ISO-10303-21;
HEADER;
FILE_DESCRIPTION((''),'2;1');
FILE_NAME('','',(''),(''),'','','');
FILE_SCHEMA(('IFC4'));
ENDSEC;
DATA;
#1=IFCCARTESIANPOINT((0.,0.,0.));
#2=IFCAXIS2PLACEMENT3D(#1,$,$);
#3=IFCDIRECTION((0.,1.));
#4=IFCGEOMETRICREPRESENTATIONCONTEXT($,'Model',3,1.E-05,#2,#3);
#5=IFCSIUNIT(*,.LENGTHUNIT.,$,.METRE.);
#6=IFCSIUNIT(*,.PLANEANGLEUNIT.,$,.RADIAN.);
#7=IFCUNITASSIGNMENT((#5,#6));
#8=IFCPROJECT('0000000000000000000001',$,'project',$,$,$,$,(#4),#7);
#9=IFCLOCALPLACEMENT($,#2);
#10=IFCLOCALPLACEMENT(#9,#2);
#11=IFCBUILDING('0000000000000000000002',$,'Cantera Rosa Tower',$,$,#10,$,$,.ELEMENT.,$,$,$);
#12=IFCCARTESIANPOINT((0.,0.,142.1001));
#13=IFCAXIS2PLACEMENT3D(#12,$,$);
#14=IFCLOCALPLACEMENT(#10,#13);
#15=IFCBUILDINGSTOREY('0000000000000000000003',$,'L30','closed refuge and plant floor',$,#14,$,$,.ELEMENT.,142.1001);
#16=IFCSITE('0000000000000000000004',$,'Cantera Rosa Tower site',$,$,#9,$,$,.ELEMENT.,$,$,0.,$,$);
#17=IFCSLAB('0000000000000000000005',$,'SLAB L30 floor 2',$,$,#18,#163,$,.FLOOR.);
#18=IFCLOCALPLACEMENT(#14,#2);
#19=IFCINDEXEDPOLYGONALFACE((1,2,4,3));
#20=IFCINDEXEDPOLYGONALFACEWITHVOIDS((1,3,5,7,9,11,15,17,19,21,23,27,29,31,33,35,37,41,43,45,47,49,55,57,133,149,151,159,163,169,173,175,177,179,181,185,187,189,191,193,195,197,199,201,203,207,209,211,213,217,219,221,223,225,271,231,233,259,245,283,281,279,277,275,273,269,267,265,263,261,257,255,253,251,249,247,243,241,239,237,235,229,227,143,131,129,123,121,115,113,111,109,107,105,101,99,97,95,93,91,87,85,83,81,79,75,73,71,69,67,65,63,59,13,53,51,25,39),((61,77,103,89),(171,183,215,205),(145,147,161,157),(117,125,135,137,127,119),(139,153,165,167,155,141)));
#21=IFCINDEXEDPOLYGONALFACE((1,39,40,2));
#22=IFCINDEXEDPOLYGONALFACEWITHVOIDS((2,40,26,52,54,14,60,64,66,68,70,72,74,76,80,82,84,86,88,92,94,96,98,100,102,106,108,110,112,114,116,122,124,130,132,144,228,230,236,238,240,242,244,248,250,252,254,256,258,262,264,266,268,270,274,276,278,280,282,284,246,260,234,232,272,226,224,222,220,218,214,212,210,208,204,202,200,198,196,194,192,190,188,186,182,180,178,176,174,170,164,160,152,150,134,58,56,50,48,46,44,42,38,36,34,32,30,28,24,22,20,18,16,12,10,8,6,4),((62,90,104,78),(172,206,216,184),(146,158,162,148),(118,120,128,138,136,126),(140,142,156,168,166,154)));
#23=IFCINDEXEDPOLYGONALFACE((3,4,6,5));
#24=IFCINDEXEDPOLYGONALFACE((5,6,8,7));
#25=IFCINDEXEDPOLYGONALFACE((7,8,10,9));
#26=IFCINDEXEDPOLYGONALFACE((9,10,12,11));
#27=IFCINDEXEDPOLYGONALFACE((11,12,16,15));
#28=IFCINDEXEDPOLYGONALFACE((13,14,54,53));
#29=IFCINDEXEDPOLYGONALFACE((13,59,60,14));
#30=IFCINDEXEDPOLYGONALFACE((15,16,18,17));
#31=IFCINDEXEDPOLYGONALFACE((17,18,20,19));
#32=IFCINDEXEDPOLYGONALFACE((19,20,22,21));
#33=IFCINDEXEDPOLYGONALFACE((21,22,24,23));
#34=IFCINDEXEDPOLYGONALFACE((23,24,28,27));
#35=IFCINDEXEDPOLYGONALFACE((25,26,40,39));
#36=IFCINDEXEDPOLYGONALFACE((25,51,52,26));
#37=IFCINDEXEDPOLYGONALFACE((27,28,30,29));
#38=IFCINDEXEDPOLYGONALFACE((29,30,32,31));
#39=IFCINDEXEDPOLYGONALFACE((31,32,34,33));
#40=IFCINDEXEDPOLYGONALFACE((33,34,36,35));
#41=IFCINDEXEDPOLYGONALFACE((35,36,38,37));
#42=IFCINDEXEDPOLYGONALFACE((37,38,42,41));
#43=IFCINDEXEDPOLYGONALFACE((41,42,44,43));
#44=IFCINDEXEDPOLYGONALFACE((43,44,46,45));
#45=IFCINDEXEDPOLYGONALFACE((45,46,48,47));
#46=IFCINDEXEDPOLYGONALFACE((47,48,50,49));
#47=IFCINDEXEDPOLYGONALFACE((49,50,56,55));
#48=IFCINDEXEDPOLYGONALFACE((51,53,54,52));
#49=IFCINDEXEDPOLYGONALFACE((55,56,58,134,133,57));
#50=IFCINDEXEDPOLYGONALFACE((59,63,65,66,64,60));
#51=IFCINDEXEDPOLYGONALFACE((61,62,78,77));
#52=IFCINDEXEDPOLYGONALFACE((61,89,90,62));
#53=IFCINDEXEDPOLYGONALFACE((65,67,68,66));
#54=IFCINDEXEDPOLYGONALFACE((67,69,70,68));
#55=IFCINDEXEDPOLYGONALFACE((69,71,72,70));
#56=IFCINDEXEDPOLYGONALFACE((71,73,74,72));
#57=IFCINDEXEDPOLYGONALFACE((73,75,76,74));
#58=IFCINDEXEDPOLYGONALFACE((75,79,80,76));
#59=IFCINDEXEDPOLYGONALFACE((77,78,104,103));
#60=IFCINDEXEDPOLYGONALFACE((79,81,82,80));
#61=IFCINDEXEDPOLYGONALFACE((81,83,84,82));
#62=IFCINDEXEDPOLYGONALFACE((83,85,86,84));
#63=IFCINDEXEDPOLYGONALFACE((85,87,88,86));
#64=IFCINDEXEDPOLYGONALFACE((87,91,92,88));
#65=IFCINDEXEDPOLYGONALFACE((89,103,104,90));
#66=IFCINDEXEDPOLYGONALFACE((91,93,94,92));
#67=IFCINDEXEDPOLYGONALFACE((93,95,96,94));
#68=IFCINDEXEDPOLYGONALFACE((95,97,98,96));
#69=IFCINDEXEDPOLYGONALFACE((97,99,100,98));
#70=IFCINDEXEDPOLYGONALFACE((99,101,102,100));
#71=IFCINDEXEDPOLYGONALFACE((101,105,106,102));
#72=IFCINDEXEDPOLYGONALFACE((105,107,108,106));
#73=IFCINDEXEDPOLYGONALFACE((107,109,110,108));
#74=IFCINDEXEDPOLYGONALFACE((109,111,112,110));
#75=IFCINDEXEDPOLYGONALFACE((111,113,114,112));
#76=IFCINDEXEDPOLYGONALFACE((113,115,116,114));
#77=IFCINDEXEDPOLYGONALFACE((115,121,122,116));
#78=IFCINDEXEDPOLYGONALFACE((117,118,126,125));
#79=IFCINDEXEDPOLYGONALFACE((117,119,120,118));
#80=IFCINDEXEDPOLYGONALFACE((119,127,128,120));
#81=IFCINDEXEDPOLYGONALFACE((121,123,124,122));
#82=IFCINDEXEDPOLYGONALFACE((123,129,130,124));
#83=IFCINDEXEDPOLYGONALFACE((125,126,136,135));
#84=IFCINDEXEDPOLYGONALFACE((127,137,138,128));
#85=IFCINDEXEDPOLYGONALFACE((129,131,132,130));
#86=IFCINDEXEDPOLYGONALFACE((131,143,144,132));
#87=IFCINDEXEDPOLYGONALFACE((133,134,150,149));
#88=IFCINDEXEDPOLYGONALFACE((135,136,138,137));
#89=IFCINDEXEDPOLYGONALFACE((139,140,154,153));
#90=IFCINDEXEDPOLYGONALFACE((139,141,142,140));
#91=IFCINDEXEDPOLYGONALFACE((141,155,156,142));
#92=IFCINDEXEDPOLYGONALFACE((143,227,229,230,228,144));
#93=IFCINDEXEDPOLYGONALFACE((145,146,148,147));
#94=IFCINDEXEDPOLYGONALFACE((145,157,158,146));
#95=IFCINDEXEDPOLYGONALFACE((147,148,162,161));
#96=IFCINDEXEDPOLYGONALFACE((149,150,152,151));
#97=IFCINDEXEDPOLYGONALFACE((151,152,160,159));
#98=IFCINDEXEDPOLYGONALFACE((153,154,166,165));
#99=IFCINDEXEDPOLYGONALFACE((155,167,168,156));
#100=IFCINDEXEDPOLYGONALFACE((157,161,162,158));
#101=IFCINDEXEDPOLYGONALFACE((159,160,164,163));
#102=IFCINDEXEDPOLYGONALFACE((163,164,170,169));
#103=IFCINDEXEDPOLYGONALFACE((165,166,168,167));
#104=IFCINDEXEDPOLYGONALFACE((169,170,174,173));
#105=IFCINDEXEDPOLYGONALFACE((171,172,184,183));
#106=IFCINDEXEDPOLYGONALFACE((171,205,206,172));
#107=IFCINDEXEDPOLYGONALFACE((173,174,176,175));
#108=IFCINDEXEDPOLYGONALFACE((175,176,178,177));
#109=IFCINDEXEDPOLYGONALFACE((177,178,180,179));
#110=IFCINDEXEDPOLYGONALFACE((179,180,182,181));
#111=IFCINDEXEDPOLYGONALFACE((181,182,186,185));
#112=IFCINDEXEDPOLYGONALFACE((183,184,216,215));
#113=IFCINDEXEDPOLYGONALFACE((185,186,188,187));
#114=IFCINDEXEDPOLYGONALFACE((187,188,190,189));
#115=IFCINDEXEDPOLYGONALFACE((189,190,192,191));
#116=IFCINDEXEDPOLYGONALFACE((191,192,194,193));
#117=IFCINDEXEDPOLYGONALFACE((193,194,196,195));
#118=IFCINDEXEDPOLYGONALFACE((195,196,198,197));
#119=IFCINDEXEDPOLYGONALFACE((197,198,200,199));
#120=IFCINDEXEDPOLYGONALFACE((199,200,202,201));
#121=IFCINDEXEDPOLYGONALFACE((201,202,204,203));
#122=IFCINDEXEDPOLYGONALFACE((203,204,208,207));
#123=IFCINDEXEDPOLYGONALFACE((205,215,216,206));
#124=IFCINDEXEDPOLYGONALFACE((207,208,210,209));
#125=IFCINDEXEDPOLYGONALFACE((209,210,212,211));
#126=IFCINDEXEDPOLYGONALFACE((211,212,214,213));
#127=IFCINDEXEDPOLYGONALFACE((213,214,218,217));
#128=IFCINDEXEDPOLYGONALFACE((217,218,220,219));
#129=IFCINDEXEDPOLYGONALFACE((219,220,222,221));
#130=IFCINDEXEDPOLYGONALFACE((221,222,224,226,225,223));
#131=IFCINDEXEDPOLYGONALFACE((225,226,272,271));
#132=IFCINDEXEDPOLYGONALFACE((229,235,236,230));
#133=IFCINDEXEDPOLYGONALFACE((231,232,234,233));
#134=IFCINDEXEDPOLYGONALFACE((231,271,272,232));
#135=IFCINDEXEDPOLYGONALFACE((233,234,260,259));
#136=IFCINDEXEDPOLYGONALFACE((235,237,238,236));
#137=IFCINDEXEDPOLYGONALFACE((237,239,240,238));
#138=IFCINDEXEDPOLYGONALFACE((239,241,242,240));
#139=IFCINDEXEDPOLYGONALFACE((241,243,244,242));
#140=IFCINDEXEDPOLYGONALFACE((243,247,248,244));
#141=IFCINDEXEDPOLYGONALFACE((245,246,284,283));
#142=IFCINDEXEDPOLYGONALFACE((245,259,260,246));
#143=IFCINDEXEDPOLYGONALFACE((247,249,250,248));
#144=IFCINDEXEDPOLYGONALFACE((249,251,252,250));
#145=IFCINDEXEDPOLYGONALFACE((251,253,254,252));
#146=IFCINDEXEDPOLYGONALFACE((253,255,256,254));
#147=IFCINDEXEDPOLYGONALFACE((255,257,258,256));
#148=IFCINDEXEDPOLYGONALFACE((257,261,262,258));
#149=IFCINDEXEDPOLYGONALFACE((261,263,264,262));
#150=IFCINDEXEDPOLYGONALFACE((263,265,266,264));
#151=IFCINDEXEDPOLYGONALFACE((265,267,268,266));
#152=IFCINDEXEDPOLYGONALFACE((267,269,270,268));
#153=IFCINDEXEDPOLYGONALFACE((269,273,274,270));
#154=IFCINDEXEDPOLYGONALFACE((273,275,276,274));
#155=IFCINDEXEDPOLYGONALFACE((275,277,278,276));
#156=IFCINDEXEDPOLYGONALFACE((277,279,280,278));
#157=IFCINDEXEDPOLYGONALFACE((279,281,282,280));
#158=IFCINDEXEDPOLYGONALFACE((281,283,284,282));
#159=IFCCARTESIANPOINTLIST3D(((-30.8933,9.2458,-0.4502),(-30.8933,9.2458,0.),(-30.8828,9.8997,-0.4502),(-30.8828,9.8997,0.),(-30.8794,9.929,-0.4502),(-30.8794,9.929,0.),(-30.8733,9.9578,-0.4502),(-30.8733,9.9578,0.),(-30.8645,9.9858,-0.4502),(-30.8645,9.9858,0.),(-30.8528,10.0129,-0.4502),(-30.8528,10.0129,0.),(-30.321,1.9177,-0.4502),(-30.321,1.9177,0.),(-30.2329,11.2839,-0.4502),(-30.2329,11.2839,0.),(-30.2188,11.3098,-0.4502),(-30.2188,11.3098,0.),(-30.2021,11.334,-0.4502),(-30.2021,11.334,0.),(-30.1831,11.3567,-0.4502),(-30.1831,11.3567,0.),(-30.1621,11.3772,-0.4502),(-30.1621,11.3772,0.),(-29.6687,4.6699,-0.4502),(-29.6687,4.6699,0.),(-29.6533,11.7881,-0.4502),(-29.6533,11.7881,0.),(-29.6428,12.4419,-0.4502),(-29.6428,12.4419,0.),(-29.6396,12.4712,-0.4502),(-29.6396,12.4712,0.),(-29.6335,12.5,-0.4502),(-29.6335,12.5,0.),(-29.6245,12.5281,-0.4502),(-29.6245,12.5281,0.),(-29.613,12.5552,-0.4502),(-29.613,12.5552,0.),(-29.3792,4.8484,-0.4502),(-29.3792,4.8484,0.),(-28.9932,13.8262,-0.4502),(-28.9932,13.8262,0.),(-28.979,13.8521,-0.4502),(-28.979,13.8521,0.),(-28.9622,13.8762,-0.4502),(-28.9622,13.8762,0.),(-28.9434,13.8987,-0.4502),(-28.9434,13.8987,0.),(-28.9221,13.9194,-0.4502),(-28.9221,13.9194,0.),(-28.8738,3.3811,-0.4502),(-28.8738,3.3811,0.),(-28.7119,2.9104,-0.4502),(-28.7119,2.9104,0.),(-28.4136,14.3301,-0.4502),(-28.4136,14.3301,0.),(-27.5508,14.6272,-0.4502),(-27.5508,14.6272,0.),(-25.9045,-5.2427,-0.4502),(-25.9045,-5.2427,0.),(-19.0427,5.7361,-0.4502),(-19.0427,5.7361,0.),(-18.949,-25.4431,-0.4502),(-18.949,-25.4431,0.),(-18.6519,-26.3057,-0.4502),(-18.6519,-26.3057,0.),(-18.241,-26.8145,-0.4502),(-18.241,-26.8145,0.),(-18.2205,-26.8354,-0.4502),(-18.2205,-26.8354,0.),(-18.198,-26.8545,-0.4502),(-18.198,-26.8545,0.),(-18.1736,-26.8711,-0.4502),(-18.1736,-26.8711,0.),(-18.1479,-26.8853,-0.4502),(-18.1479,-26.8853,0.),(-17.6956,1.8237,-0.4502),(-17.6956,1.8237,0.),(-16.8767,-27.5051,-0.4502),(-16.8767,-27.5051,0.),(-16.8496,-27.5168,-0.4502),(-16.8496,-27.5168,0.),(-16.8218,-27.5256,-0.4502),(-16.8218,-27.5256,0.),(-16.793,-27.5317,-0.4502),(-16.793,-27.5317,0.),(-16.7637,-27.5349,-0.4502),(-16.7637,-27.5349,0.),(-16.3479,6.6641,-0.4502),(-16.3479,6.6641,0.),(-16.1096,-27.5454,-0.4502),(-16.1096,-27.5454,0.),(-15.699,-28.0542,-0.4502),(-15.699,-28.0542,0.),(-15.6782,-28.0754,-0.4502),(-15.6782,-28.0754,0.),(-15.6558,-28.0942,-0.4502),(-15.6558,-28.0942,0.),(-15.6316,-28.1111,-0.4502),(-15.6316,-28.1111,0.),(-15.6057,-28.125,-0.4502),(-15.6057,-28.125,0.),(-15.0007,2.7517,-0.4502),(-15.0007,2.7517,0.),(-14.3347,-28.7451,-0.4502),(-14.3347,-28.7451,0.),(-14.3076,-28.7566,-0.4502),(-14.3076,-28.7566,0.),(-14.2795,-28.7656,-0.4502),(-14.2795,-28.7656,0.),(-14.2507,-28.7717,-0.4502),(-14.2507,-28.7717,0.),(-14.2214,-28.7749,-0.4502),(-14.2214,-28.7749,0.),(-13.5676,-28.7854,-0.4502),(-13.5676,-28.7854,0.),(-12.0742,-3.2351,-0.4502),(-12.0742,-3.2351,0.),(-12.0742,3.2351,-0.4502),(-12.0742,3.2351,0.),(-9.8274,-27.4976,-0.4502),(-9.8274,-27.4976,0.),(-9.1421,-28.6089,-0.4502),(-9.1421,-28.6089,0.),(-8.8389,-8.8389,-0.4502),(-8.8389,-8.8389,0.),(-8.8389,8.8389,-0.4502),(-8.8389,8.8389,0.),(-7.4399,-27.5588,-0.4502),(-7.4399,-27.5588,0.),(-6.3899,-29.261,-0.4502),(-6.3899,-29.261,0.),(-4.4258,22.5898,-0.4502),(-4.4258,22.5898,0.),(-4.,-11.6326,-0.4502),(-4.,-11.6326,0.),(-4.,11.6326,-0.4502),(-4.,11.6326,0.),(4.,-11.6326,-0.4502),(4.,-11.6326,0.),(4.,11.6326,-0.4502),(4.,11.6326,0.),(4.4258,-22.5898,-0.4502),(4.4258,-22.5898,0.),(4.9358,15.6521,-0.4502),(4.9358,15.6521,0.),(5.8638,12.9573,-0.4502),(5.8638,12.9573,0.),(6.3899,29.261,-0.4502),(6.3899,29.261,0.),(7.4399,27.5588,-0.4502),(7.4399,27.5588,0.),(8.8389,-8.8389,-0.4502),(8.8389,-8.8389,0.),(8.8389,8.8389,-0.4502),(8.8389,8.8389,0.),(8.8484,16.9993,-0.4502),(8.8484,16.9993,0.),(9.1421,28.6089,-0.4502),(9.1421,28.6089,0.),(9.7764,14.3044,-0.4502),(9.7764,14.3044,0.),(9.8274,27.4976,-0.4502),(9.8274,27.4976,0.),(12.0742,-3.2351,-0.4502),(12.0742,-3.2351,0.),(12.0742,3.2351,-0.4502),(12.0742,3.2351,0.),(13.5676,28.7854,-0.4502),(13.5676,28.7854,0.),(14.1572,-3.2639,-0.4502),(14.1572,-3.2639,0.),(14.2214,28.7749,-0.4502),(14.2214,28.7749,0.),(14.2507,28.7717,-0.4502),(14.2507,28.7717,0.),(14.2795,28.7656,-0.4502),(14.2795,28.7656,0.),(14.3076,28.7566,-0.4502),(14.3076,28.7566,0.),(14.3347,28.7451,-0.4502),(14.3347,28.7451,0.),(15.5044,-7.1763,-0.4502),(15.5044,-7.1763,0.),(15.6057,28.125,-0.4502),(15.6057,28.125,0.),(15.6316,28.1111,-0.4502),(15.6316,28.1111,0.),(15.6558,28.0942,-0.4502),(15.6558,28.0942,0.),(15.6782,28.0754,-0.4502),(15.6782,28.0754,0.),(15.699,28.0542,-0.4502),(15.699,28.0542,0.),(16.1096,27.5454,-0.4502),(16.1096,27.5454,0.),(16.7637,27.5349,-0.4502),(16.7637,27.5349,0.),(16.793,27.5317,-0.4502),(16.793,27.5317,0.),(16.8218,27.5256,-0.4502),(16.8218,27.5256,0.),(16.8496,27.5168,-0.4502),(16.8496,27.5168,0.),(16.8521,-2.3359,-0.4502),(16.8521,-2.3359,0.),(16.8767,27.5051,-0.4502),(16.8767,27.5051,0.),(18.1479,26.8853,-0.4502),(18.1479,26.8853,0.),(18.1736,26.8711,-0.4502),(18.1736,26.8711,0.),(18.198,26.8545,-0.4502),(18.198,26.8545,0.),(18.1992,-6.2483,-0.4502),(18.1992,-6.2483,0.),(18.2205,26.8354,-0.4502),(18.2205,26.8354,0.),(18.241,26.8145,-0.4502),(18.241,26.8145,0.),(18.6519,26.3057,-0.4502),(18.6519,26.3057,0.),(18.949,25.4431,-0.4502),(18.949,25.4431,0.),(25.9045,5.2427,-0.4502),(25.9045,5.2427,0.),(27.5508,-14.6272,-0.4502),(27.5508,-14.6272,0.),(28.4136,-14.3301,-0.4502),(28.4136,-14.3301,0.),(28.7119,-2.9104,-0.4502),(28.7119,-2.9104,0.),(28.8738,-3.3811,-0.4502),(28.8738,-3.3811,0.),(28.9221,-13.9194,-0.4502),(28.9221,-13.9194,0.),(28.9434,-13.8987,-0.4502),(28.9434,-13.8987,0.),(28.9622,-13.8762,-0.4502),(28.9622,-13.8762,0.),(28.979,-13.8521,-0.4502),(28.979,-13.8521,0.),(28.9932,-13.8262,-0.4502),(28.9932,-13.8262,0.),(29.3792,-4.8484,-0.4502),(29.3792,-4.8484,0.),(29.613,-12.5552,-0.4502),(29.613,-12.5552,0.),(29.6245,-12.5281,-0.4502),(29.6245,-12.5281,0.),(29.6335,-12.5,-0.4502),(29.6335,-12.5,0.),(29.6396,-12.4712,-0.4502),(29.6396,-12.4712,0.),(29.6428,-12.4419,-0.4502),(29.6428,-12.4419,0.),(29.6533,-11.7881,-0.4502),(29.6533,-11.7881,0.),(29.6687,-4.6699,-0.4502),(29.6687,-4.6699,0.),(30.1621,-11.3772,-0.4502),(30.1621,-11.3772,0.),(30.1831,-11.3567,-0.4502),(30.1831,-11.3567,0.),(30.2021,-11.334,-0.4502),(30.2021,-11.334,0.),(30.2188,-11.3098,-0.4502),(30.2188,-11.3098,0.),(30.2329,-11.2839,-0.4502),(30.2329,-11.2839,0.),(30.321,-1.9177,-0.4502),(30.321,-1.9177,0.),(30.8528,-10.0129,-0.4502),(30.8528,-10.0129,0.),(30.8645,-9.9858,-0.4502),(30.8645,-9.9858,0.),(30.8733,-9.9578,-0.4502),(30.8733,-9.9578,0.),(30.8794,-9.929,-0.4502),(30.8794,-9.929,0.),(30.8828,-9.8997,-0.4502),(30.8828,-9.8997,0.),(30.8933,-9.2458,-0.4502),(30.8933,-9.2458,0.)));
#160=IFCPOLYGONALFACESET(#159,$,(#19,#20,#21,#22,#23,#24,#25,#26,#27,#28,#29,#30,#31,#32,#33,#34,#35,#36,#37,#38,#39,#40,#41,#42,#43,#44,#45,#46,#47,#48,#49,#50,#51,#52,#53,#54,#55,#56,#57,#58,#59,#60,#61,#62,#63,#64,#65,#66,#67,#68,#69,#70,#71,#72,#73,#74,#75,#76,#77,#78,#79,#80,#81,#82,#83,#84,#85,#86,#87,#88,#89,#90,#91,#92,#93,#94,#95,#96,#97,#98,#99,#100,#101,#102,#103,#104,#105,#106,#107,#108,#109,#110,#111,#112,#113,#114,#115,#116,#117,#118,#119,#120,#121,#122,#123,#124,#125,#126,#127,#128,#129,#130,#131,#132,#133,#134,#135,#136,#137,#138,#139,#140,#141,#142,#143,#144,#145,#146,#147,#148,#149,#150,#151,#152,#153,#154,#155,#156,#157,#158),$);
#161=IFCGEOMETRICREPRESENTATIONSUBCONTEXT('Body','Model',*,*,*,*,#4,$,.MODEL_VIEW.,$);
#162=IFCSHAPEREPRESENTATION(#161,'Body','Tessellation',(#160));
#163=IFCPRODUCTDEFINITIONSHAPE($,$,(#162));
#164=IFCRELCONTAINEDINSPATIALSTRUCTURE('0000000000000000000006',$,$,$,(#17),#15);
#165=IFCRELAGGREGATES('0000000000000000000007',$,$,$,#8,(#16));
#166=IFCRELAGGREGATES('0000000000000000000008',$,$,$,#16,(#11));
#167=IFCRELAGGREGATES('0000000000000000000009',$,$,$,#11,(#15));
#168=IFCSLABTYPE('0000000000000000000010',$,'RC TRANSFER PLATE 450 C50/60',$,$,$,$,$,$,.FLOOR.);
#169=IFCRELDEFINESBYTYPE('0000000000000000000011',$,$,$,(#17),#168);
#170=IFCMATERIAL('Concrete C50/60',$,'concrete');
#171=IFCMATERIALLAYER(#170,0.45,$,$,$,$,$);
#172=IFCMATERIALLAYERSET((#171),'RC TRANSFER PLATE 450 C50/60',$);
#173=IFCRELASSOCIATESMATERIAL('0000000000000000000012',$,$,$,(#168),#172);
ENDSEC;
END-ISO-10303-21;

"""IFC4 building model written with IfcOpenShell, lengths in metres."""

from ifc_helpers import new_model, si_unit, direction, frame, origin, place, context, subcontext, project, spatial, polyline, outline, extrude, material, layer, layer_set, type_object, element, save


model = new_model("IFC4")

# Units and contexts
model_context = context("Model", 3, precision=1e-05, world=origin(), true_north=direction((0.0, 1.0)))
body_context = subcontext(model_context, "Body", "Model", "MODEL_VIEW")
ifc_project = project(units=[si_unit("LENGTHUNIT", "METRE"), si_unit("PLANEANGLEUNIT", "RADIAN")], contexts=[model_context])

# Site, building, storey
site_placement = place(None, origin())
site = spatial("IfcSite", under=ifc_project, at=site_placement, Name="Cantera Rosa Tower site", CompositionType="ELEMENT", RefElevation=0.0)
building_placement = place(site_placement, origin())
building = spatial("IfcBuilding", under=site, at=building_placement, Name="Cantera Rosa Tower", CompositionType="ELEMENT")
storey_placement = place(building_placement, frame((0.0, 0.0, 142.1001)))
storey = spatial("IfcBuildingStorey", under=building, at=storey_placement, Name="L30", Description="closed refuge and plant floor", CompositionType="ELEMENT", Elevation=142.1001)

# Slab
ifc_material_1 = material(Name="Concrete C50/60", Category="concrete")
ifc_layer_1 = layer(ifc_material_1, 0.45)
ifc_layer_set_1 = layer_set([ifc_layer_1], Name="RC TRANSFER PLATE 450 C50/60")
slab_type_1 = type_object("IfcSlabType", Name="RC TRANSFER PLATE 450 C50/60", PredefinedType="FLOOR", material=ifc_layer_set_1)
slab_1_placement = place(storey_placement, frame((0.0, 0.0, -0.4502)))
element("IfcSlab", 1, at=slab_1_placement, inside=storey, type_object=slab_type_1, Name="SLAB L30 floor 2", PredefinedType="FLOOR", context=body_context, shape_type="SweptSolid", body=[
    extrude(outline(polyline([(-14.3347, -28.7451), (-15.6057, -28.125), (-15.6316, -28.1111), (-15.6558, -28.0942), (-15.6782, -28.0754), (-15.699, -28.0542), (-16.1096, -27.5454), (-16.7637, -27.5349), (-16.793, -27.5317), (-16.8218, -27.5256), (-16.8496, -27.5168), (-16.8767, -27.5051), (-18.1479, -26.8853), (-18.1736, -26.8711), (-18.198, -26.8545), (-18.2205, -26.8354), (-18.241, -26.8145), (-18.6519, -26.3057), (-18.949, -25.4431), (-25.9045, -5.2427), (-30.321, 1.9177), (-28.7119, 2.9104), (-28.8738, 3.3811), (-29.6687, 4.6699), (-29.3792, 4.8484), (-30.8933, 9.2458), (-30.8828, 9.8997), (-30.8794, 9.929), (-30.8733, 9.9578), (-30.8645, 9.9858), (-30.8528, 10.0129), (-30.2329, 11.2839), (-30.2188, 11.3098), (-30.2021, 11.334), (-30.1831, 11.3567), (-30.1621, 11.3772), (-29.6533, 11.7881), (-29.6428, 12.4419), (-29.6396, 12.4712), (-29.6335, 12.5), (-29.6245, 12.5281), (-29.613, 12.5552), (-28.9932, 13.8262), (-28.979, 13.8521), (-28.9622, 13.8762), (-28.9434, 13.8987), (-28.9221, 13.9194), (-28.4136, 14.3301), (-27.5508, 14.6272), (-4.4258, 22.5898), (6.3899, 29.261), (7.4399, 27.5588), (9.1421, 28.6089), (9.8274, 27.4976), (13.5676, 28.7854), (14.2214, 28.7749), (14.2507, 28.7717), (14.2795, 28.7656), (14.3076, 28.7566), (14.3347, 28.7451), (15.6057, 28.125), (15.6316, 28.1111), (15.6558, 28.0942), (15.6782, 28.0754), (15.699, 28.0542), (16.1096, 27.5454), (16.7637, 27.5349), (16.793, 27.5317), (16.8218, 27.5256), (16.8496, 27.5168), (16.8767, 27.5051), (18.1479, 26.8853), (18.1736, 26.8711), (18.198, 26.8545), (18.2205, 26.8354), (18.241, 26.8145), (18.6519, 26.3057), (18.949, 25.4431), (25.9045, 5.2427), (30.321, -1.9177), (28.7119, -2.9104), (28.8738, -3.3811), (29.6687, -4.6699), (29.3792, -4.8484), (30.8933, -9.2458), (30.8828, -9.8997), (30.8794, -9.929), (30.8733, -9.9578), (30.8645, -9.9858), (30.8528, -10.0129), (30.2329, -11.2839), (30.2188, -11.3098), (30.2021, -11.334), (30.1831, -11.3567), (30.1621, -11.3772), (29.6533, -11.7881), (29.6428, -12.4419), (29.6396, -12.4712), (29.6335, -12.5), (29.6245, -12.5281), (29.613, -12.5552), (28.9932, -13.8262), (28.979, -13.8521), (28.9622, -13.8762), (28.9434, -13.8987), (28.9221, -13.9194), (28.4136, -14.3301), (27.5508, -14.6272), (4.4258, -22.5898), (-6.3899, -29.261), (-7.4399, -27.5588), (-9.1421, -28.6089), (-9.8274, -27.4976), (-13.5676, -28.7854), (-14.2214, -28.7749), (-14.2507, -28.7717), (-14.2795, -28.7656), (-14.3076, -28.7566), (-14.3347, -28.7451)]), holes=[polyline([(14.1572, -3.2639), (15.5044, -7.1763), (18.1992, -6.2483), (16.8521, -2.3359), (14.1572, -3.2639)]), polyline([(-12.0742, -3.2351), (-8.8389, -8.8389), (-4.0, -11.6326), (-4.0, 11.6326), (-8.8389, 8.8389), (-12.0742, 3.2351), (-12.0742, -3.2351)]), polyline([(12.0742, 3.2351), (8.8389, 8.8389), (4.0, 11.6326), (4.0, -11.6326), (8.8389, -8.8389), (12.0742, -3.2351), (12.0742, 3.2351)]), polyline([(-16.3479, 6.6641), (-19.0427, 5.7361), (-17.6956, 1.8237), (-15.0007, 2.7517), (-16.3479, 6.6641)]), polyline([(4.9358, 15.6521), (5.8638, 12.9573), (9.7764, 14.3044), (8.8484, 16.9993), (4.9358, 15.6521)])]), origin(), (0.0, 0.0, 1.0), 0.4502),
])

save(model, "model.ifc")
